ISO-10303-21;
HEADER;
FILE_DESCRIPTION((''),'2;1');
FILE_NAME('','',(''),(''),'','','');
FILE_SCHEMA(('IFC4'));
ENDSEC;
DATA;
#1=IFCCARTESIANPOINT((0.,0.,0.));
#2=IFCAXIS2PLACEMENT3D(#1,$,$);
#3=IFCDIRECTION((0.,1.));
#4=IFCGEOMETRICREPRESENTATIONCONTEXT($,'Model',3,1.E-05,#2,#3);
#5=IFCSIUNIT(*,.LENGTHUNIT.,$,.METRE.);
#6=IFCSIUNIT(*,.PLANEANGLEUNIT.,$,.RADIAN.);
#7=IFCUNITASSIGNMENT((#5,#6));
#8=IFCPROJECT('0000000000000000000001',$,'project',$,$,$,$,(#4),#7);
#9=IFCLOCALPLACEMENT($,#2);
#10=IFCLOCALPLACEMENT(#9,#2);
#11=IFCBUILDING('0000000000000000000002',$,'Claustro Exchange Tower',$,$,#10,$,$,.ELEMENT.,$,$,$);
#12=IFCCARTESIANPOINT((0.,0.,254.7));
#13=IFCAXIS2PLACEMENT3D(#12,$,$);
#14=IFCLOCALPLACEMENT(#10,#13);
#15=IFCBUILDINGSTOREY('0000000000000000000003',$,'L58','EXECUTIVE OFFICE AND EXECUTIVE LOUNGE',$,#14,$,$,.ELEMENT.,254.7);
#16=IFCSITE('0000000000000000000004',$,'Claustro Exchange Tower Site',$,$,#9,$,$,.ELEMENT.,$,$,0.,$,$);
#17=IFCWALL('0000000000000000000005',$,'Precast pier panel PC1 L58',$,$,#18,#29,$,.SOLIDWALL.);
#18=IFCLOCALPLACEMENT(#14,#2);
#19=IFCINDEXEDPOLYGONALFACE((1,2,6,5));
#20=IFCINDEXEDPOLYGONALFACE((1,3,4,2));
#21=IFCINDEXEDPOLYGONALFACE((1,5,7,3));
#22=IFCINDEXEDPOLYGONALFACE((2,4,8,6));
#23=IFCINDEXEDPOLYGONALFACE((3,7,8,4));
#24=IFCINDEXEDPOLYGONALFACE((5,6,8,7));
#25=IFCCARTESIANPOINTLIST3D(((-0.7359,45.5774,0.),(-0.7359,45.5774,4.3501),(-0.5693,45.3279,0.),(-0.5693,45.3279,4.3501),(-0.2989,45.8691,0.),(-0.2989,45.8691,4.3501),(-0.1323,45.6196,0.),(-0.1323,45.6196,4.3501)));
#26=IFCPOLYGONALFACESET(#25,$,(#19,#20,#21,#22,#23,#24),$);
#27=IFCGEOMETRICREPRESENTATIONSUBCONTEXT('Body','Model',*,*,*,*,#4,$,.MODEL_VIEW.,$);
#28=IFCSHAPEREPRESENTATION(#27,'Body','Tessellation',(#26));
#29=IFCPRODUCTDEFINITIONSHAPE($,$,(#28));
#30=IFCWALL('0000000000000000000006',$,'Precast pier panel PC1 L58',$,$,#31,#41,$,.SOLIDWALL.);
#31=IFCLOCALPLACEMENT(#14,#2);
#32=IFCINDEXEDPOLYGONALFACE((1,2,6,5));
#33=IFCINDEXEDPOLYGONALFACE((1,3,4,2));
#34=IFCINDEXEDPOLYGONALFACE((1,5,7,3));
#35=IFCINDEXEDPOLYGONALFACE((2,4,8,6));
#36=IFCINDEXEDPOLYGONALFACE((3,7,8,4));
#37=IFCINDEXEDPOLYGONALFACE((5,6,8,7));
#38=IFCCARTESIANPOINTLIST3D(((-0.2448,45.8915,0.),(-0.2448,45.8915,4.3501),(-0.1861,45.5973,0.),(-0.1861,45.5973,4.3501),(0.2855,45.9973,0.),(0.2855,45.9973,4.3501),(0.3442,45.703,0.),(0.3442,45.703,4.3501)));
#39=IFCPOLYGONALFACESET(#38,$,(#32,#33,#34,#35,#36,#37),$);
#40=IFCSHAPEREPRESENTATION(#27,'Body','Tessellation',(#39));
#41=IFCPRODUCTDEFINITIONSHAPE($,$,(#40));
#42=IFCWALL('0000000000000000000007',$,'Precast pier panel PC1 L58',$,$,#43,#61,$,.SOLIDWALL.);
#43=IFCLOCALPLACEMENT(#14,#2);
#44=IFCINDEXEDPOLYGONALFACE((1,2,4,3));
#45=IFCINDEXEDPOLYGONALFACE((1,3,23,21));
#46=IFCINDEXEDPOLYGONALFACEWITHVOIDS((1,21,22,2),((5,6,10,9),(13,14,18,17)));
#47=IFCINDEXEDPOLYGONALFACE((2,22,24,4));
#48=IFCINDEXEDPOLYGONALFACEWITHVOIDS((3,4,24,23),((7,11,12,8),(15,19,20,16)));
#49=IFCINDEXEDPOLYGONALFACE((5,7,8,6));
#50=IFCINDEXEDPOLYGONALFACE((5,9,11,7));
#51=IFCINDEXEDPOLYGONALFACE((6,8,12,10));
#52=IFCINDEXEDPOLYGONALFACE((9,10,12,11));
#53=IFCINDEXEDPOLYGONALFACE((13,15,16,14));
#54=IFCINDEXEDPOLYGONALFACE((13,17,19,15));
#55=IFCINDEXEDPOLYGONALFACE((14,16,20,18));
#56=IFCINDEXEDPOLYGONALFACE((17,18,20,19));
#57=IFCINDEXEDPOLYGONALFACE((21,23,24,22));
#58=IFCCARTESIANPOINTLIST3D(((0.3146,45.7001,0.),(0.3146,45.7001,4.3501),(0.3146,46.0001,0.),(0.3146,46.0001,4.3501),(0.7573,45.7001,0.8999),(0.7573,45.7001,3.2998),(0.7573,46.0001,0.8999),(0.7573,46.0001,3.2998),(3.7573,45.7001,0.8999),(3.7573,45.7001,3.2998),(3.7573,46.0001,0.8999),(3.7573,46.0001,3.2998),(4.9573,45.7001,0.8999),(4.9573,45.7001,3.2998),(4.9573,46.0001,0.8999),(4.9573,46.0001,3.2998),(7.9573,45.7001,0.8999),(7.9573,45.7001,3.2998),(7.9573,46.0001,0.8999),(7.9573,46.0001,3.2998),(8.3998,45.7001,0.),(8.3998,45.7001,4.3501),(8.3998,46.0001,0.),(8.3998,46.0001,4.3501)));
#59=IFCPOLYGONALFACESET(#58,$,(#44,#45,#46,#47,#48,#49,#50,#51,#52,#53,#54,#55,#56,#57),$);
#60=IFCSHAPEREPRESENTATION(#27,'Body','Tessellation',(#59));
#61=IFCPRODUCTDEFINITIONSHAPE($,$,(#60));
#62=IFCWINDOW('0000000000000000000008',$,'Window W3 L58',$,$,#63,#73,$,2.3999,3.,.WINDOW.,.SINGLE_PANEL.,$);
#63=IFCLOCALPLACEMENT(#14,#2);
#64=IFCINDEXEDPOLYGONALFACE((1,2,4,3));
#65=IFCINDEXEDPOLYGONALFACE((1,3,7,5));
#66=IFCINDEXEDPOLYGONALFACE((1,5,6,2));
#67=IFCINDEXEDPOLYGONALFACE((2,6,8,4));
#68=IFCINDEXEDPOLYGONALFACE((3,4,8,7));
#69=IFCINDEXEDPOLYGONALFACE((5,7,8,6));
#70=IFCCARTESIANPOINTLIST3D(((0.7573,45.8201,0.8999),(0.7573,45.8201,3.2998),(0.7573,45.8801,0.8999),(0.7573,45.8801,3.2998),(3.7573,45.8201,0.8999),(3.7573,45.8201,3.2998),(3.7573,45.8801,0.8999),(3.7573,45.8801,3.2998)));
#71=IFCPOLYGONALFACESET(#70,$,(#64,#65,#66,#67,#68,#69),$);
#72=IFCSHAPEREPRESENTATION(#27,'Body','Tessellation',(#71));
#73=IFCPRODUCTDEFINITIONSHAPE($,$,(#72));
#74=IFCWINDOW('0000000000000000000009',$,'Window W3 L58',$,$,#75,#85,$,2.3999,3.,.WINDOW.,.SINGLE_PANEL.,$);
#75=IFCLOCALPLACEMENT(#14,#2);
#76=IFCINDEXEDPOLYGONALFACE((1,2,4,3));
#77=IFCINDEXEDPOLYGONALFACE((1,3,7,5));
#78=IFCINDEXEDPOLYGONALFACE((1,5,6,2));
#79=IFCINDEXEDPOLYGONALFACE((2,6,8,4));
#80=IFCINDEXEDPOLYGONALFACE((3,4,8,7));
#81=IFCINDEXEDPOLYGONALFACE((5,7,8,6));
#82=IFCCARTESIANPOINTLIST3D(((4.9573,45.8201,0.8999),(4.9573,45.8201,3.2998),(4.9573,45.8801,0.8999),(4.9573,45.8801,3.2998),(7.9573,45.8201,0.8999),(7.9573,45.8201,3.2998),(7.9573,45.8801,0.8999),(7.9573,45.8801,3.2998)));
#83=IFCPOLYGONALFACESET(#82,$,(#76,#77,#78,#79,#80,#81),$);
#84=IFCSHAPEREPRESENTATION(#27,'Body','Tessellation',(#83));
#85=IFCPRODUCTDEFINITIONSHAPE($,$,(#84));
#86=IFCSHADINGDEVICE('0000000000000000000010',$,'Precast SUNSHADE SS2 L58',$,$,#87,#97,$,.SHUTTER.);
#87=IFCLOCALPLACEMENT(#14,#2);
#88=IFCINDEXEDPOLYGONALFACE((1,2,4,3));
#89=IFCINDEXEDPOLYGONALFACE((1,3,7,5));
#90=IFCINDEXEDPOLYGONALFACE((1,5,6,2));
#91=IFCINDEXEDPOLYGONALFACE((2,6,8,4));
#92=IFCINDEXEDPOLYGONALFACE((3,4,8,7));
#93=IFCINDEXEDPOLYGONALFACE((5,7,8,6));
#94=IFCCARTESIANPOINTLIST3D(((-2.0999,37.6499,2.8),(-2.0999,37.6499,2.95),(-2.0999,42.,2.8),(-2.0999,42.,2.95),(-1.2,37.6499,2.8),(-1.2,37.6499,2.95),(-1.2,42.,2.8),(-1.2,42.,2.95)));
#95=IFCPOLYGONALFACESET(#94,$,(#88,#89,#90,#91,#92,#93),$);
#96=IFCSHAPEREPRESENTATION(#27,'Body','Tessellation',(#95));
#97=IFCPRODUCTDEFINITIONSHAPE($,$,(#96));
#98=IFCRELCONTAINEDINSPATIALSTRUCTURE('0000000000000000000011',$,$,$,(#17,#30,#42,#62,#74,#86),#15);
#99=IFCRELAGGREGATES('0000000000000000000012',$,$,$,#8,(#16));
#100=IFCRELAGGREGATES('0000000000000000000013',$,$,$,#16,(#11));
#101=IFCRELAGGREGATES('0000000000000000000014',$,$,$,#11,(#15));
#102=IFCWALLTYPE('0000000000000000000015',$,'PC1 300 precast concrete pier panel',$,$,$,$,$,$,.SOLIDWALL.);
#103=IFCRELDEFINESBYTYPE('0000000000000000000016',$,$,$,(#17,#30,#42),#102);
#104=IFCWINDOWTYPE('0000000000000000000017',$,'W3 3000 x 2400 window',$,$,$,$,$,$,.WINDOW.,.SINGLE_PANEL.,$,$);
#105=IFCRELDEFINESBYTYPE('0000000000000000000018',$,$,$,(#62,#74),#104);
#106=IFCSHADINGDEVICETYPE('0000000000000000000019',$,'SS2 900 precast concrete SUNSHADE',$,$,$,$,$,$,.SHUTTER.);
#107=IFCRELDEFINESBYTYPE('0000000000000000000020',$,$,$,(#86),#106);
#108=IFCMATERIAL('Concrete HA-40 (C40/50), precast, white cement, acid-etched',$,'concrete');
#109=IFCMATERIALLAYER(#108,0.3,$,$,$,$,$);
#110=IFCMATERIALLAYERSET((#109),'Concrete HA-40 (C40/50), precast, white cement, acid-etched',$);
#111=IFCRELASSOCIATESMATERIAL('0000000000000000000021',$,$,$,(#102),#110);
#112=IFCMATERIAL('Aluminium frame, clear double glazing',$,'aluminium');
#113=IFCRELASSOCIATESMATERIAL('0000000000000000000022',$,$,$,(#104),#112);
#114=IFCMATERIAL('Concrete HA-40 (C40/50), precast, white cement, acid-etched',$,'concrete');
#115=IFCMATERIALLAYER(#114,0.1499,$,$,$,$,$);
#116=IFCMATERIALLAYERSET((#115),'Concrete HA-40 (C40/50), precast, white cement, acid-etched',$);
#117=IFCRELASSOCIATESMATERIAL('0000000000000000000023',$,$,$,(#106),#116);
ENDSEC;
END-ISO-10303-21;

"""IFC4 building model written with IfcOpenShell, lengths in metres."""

from ifc_helpers import new_model, si_unit, direction, frame, frame_2d, origin, origin_2d, place, context, subcontext, project, spatial, rectangle, extrude, material, layer, layer_set, type_object, element, fill, save


model = new_model("IFC4")

# Units and contexts
model_context = context("Model", 3, precision=1e-05, world=origin(), true_north=direction((0.0, 1.0)))
body_context = subcontext(model_context, "Body", "Model", "MODEL_VIEW")
ifc_project = project(units=[si_unit("LENGTHUNIT", "METRE"), si_unit("PLANEANGLEUNIT", "RADIAN")], contexts=[model_context])

# Site, building, storey
site_placement = place(None, origin())
site = spatial("IfcSite", under=ifc_project, at=site_placement, Name="Claustro Exchange Tower Site", CompositionType="ELEMENT", RefElevation=0.0)
building_placement = place(site_placement, origin())
building = spatial("IfcBuilding", under=site, at=building_placement, Name="Claustro Exchange Tower", CompositionType="ELEMENT")
storey_placement = place(building_placement, frame((0.0, 0.0, 254.7)))
storey = spatial("IfcBuildingStorey", under=building, at=storey_placement, Name="L58", Description="EXECUTIVE OFFICE AND EXECUTIVE LOUNGE", CompositionType="ELEMENT", Elevation=254.7)

# Shared definitions
ifc_material_1 = material(Name="Concrete HA-40 (C40/50), precast, white cement, acid-etched", Category="concrete")
ifc_layer_1 = layer(ifc_material_1, 0.3)
ifc_layer_set_1 = layer_set([ifc_layer_1], Name="Concrete HA-40 (C40/50), precast, white cement, acid-etched")
wall_type_1 = type_object("IfcWallType", Name="PC1 300 precast concrete pier panel", PredefinedType="SOLIDWALL", material=ifc_layer_set_1)

# Walls
wall_1_placement = place(storey_placement, frame((-0.6526, 45.4526, 0.0), z_axis=(0.0, 0.0, 1.0), x_axis=(0.831693, 0.555236, 0.0)))
element("IfcWall", 1, at=wall_1_placement, inside=storey, type_object=wall_type_1, Name="Precast pier panel PC1 L58", PredefinedType="SOLIDWALL", context=body_context, shape_type="SweptSolid", body=[
    extrude(rectangle(XDim=0.5254, YDim=0.3, at=frame_2d((0.2627, 0.0))), origin(), (0.0, 0.0, 1.0), 4.3501),
])
wall_2_placement = place(storey_placement, frame((-0.2156, 45.7444, 0.0), z_axis=(0.0, 0.0, 1.0), x_axis=(0.980702, 0.195508, 0.0)))
element("IfcWall", 2, at=wall_2_placement, inside=storey, type_object=wall_type_1, Name="Precast pier panel PC1 L58", PredefinedType="SOLIDWALL", context=body_context, shape_type="SweptSolid", body=[
    extrude(rectangle(XDim=0.5408, YDim=0.3, at=frame_2d((0.2705, 0.0))), origin(), (0.0, 0.0, 1.0), 4.3501),
])

# Wall, openings, windows
wall_3_placement = place(storey_placement, frame((0.3147, 45.8501, 0.0), z_axis=(0.0, 0.0, 1.0), x_axis=(1.0, 0.0, 0.0)))
wall_3 = element("IfcWall", 3, at=wall_3_placement, inside=storey, type_object=wall_type_1, Name="Precast pier panel PC1 L58", PredefinedType="SOLIDWALL", context=body_context, shape_type="SweptSolid", body=[
    extrude(rectangle(XDim=8.0852, YDim=0.3, at=frame_2d((4.0425, 0.0))), origin(), (0.0, 0.0, 1.0), 4.3501),
])
opening_1_placement = place(wall_3_placement, frame((0.4426, 0.0, 0.8999)))
opening_1 = element("IfcOpeningElement", 4, at=opening_1_placement, cuts=wall_3, PredefinedType="OPENING", context=body_context, shape_type="SweptSolid", body=[
    extrude(rectangle(XDim=3.0, YDim=2.3999, at=frame_2d((1.5, 1.2))), frame((0.0, 0.1599, 0.0), z_axis=(0.0, -1.0, 0.0), x_axis=(1.0, 0.0, 0.0)), (0.0, 0.0, 1.0), 0.3201),
])
opening_2_placement = place(wall_3_placement, frame((4.6426, 0.0, 0.8999)))
opening_2 = element("IfcOpeningElement", 5, at=opening_2_placement, cuts=wall_3, PredefinedType="OPENING", context=body_context, shape_type="SweptSolid", body=[
    extrude(rectangle(XDim=3.0, YDim=2.3999, at=frame_2d((1.5, 1.2))), frame((0.0, 0.1599, 0.0), z_axis=(0.0, -1.0, 0.0), x_axis=(1.0, 0.0, 0.0)), (0.0, 0.0, 1.0), 0.3201),
])
ifc_material_2 = material(Name="Aluminium frame, clear double glazing", Category="aluminium")
window_type_1 = type_object("IfcWindowType", Name="W3 3000 x 2400 window", PartitioningType="SINGLE_PANEL", PredefinedType="WINDOW", material=ifc_material_2)
window_1_placement = place(opening_1_placement, origin())
window_1 = element("IfcWindow", 6, at=window_1_placement, inside=storey, type_object=window_type_1, Name="Window W3 L58", OverallHeight=2.3999, OverallWidth=3.0, PartitioningType="SINGLE_PANEL", PredefinedType="WINDOW", context=body_context, shape_type="SweptSolid", body=[
    extrude(rectangle(XDim=3.0, YDim=2.3999, at=frame_2d((1.5, 1.2))), frame((0.0, 0.03, 0.0), z_axis=(0.0, -1.0, 0.0), x_axis=(1.0, 0.0, 0.0)), (0.0, 0.0, 1.0), 0.0601),
])
fill(opening_1, window_1)
window_2_placement = place(opening_2_placement, origin())
window_2 = element("IfcWindow", 7, at=window_2_placement, inside=storey, type_object=window_type_1, Name="Window W3 L58", OverallHeight=2.3999, OverallWidth=3.0, PartitioningType="SINGLE_PANEL", PredefinedType="WINDOW", context=body_context, shape_type="SweptSolid", body=[
    extrude(rectangle(XDim=3.0, YDim=2.3999, at=frame_2d((1.5, 1.2))), frame((0.0, 0.03, 0.0), z_axis=(0.0, -1.0, 0.0), x_axis=(1.0, 0.0, 0.0)), (0.0, 0.0, 1.0), 0.0601),
])
fill(opening_2, window_2)

# Shading device
ifc_material_3 = material(Name="Concrete HA-40 (C40/50), precast, white cement, acid-etched", Category="concrete")
ifc_layer_2 = layer(ifc_material_3, 0.1499)
ifc_layer_set_2 = layer_set([ifc_layer_2], Name="Concrete HA-40 (C40/50), precast, white cement, acid-etched")
shading_device_type = type_object("IfcShadingDeviceType", Name="SS2 900 precast concrete SUNSHADE", PredefinedType="SHUTTER", material=ifc_layer_set_2)
shading_device_placement = place(storey_placement, frame((-1.6499, 39.825, 2.8), z_axis=(0.0, 0.0, 1.0), x_axis=(0.0, 1.0, 0.0)))
element("IfcShadingDevice", 8, at=shading_device_placement, inside=storey, type_object=shading_device_type, Name="Precast SUNSHADE SS2 L58", PredefinedType="SHUTTER", context=body_context, shape_type="SweptSolid", body=[
    extrude(rectangle(XDim=4.3501, YDim=0.8999, at=origin_2d()), origin(), (0.0, 0.0, 1.0), 0.1499),
])

save(model, "model.ifc")
